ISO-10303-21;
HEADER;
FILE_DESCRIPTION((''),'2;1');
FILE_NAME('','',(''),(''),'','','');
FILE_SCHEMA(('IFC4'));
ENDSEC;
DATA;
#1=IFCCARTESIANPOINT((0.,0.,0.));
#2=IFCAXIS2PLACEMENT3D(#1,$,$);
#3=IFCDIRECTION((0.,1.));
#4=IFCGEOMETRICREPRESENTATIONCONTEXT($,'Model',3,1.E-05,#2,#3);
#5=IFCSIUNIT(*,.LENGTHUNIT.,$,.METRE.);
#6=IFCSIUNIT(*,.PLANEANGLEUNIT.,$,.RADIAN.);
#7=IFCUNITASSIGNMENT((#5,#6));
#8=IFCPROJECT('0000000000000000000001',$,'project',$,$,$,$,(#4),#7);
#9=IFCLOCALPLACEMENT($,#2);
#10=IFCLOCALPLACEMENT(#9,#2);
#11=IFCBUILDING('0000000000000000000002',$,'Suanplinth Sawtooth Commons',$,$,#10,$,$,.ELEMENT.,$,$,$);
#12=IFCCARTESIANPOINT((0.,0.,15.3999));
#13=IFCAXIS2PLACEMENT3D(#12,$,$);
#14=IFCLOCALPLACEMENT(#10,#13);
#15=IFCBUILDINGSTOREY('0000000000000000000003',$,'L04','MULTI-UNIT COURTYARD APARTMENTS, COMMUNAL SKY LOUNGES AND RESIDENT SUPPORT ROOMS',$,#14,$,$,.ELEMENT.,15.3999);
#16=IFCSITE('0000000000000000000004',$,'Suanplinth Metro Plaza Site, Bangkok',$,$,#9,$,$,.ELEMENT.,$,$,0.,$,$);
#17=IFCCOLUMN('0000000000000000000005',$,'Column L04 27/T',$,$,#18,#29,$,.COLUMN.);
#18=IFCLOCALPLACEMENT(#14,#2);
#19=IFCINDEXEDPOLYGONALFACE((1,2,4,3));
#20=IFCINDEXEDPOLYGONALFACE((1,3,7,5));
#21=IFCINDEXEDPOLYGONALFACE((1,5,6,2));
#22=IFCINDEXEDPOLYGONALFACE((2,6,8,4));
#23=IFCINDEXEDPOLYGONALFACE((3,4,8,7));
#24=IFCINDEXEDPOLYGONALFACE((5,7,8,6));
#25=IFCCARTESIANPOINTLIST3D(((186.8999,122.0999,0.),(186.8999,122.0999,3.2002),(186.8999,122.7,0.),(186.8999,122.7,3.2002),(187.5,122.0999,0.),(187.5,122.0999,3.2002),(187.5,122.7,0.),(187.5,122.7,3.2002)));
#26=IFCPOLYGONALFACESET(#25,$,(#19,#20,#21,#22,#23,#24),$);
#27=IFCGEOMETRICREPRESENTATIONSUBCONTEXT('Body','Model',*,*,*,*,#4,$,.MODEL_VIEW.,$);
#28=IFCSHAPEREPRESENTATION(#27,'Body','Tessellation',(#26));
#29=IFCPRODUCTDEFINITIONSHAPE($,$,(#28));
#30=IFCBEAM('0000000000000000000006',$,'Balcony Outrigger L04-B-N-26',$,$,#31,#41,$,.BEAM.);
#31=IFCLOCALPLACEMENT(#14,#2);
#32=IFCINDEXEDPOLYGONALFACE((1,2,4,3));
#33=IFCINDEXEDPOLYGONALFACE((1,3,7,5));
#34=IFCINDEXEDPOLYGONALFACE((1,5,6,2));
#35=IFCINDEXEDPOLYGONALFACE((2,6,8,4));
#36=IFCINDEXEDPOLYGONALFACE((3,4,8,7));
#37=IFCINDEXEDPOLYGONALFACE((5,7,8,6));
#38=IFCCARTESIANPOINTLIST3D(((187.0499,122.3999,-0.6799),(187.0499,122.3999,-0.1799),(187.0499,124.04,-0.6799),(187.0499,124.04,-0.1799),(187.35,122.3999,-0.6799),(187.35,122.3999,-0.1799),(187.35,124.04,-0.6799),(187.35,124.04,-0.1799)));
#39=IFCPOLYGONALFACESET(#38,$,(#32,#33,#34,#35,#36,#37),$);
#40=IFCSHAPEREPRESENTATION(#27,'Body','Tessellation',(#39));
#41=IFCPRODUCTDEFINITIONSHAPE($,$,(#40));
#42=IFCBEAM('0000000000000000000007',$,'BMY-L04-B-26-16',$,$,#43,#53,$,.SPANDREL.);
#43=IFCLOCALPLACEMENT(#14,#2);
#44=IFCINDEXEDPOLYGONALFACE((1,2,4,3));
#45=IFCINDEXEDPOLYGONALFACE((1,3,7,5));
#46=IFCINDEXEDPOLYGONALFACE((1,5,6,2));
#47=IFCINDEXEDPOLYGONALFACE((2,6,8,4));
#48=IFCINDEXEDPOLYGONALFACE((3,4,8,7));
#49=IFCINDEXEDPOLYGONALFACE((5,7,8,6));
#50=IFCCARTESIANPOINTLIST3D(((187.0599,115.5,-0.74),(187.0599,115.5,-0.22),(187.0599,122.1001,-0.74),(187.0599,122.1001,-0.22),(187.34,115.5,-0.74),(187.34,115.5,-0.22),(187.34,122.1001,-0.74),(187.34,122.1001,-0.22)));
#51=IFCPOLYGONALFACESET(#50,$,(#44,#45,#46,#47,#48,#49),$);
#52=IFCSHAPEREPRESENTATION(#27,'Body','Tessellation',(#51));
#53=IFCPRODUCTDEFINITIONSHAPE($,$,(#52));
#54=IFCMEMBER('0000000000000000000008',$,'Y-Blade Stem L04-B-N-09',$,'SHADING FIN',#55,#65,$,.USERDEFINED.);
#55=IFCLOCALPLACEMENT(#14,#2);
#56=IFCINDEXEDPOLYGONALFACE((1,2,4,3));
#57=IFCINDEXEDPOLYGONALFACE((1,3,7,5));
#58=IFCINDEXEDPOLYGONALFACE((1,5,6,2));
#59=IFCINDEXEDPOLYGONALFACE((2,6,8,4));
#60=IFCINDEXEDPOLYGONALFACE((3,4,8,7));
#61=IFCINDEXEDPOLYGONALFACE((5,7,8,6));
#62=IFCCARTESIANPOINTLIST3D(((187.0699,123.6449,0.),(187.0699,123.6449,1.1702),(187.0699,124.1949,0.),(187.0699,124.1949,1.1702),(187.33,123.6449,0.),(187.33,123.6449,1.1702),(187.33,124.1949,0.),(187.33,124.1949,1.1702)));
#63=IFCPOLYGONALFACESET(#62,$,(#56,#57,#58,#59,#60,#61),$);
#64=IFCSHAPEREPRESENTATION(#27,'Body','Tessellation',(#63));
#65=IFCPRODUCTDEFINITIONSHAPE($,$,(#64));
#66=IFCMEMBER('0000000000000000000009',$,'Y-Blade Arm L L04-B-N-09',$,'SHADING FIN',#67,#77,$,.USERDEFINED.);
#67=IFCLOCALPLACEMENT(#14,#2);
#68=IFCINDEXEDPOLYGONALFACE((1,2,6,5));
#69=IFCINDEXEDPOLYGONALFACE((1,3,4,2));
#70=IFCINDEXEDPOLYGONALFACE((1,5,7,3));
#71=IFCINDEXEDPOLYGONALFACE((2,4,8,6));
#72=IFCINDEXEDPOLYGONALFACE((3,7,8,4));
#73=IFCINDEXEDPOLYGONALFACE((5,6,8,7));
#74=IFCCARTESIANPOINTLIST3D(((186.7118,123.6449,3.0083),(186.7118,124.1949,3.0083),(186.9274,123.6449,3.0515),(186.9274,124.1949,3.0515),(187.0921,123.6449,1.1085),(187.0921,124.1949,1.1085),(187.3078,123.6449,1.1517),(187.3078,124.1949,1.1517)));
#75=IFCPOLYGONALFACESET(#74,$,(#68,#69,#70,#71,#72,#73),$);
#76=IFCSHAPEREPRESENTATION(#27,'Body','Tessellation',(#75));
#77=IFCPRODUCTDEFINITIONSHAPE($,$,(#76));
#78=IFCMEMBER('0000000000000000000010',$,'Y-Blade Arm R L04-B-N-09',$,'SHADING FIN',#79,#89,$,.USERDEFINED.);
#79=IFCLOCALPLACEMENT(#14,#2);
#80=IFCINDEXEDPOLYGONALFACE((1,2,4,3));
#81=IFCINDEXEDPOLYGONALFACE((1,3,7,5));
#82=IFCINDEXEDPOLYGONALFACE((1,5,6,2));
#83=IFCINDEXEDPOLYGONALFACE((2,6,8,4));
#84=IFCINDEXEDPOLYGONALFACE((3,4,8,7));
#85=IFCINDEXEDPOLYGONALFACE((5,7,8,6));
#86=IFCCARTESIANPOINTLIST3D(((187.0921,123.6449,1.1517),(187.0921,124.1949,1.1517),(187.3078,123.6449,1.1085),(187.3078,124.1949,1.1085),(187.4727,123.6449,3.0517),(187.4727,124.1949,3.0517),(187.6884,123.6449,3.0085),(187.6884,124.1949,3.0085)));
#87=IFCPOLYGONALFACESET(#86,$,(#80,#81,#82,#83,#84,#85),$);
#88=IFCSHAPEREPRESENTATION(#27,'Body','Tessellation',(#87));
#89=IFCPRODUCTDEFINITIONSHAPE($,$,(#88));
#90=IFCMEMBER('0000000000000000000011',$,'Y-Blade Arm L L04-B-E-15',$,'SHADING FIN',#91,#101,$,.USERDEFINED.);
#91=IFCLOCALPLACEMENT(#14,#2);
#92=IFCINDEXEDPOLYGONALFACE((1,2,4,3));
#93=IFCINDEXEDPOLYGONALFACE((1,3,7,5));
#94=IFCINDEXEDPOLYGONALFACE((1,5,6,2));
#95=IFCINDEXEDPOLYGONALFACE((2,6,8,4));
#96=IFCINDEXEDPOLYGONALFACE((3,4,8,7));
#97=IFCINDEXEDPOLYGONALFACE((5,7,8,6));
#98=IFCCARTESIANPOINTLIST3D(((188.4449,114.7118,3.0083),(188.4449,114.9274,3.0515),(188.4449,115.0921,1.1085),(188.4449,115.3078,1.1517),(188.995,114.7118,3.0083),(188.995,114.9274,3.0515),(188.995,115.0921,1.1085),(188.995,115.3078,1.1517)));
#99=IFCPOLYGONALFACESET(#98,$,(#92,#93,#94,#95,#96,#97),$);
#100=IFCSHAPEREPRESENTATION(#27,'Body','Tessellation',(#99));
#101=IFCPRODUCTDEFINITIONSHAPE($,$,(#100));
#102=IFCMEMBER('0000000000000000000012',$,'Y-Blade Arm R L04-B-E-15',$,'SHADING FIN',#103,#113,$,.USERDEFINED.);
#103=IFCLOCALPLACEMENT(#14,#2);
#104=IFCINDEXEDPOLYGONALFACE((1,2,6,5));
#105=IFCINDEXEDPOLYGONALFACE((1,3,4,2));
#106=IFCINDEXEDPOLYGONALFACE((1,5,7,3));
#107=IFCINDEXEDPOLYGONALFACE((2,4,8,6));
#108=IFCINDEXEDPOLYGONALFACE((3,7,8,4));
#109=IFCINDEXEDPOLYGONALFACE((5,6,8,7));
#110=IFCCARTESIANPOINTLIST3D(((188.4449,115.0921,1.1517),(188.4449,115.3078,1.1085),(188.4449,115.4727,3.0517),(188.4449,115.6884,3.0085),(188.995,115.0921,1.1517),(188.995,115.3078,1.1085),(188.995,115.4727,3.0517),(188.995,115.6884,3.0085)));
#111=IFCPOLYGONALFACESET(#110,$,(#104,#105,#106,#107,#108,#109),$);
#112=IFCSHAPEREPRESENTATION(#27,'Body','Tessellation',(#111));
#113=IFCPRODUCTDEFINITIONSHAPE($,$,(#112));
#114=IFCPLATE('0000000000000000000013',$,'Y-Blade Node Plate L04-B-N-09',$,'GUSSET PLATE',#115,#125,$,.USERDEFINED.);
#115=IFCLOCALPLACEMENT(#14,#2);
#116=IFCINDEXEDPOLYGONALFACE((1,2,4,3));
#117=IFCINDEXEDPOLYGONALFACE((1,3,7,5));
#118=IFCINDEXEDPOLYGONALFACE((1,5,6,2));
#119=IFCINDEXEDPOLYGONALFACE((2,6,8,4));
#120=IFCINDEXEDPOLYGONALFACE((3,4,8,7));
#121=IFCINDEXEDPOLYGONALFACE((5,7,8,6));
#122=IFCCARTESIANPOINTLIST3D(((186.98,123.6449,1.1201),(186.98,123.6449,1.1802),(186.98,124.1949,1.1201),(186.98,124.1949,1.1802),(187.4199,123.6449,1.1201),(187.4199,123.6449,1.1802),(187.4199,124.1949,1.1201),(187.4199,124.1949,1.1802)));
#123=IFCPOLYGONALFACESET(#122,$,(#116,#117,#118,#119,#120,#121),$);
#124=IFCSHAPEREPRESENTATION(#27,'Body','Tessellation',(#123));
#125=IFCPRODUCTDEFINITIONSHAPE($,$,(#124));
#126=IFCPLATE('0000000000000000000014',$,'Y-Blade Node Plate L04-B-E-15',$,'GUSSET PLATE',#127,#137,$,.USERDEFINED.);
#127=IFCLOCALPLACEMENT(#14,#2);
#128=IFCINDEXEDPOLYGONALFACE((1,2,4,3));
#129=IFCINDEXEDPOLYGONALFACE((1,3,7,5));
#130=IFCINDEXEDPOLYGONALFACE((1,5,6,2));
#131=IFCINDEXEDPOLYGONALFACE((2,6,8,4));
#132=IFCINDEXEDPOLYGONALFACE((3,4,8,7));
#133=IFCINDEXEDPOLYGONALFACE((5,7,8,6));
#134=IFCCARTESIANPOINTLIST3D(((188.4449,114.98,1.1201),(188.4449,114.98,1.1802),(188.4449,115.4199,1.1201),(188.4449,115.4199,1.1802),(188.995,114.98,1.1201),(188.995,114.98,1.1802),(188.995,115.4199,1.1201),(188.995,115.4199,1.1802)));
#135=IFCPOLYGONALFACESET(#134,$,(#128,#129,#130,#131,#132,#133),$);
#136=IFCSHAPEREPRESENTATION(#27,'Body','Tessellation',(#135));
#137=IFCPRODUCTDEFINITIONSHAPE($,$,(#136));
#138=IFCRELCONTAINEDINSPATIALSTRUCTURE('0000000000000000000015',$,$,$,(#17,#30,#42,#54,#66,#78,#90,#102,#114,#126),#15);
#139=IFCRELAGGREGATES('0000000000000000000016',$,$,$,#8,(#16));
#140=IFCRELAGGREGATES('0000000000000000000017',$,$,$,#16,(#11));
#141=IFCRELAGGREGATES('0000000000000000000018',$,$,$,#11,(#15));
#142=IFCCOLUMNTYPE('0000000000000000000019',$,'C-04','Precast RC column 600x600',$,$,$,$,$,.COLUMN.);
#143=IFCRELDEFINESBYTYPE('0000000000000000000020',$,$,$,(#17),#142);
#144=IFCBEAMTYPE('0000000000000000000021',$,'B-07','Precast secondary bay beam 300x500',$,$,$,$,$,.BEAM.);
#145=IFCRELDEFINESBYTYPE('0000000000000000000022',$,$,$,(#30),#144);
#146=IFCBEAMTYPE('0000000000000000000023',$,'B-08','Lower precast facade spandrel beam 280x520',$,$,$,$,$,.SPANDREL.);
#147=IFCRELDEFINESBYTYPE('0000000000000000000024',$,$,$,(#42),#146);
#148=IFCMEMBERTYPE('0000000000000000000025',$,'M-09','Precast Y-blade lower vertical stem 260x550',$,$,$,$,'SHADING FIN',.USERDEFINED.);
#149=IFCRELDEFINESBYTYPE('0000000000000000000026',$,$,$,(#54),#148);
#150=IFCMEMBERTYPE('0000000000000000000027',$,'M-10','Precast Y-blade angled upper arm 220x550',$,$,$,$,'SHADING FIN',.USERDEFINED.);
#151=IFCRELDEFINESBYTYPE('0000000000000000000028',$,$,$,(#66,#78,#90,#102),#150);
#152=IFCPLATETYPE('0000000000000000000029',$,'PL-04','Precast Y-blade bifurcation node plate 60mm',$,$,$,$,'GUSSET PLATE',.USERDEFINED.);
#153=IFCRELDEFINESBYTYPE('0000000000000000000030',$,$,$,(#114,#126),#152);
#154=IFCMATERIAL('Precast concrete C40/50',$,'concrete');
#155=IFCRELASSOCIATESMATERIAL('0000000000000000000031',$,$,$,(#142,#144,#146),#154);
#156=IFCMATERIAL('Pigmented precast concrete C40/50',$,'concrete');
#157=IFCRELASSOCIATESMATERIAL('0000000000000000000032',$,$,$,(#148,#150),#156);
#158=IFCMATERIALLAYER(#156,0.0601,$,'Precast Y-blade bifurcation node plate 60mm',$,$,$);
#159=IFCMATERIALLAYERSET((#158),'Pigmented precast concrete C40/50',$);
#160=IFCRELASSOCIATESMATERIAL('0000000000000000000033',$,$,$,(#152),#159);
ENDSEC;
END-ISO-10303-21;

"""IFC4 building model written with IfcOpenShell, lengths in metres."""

from ifc_helpers import new_model, si_unit, direction, frame, origin, origin_2d, place, context, subcontext, project, spatial, rectangle, extrude, material, layer, layer_set, material_profile, profile_set, type_object, element, save


model = new_model("IFC4")

# Units and contexts
model_context = context("Model", 3, precision=1e-05, world=origin(), true_north=direction((0.0, 1.0)))
body_context = subcontext(model_context, "Body", "Model", "MODEL_VIEW")
ifc_project = project(units=[si_unit("LENGTHUNIT", "METRE"), si_unit("PLANEANGLEUNIT", "RADIAN")], contexts=[model_context])

# Site, building, storey
site_placement = place(None, origin())
site = spatial("IfcSite", under=ifc_project, at=site_placement, Name="Suanplinth Metro Plaza Site, Bangkok", CompositionType="ELEMENT", RefElevation=0.0)
building_placement = place(site_placement, origin())
building = spatial("IfcBuilding", under=site, at=building_placement, Name="Suanplinth Sawtooth Commons", CompositionType="ELEMENT")
storey_placement = place(building_placement, frame((0.0, 0.0, 15.3999)))
storey = spatial("IfcBuildingStorey", under=building, at=storey_placement, Name="L04", Description="MULTI-UNIT COURTYARD APARTMENTS, COMMUNAL SKY LOUNGES AND RESIDENT SUPPORT ROOMS", CompositionType="ELEMENT", Elevation=15.3999)

# Column
ifc_material_1 = material(Name="Precast concrete C40/50", Category="concrete")
ifc_material_profile_1 = material_profile(ifc_material_1, rectangle(XDim=0.6001, YDim=0.6001, at=origin_2d()), Name="PC-COL 600x600")
ifc_profile_set_1 = profile_set([ifc_material_profile_1], Name="Precast concrete C40/50")
column_type = type_object("IfcColumnType", Name="C-04", Description="Precast RC column 600x600", PredefinedType="COLUMN", material=ifc_profile_set_1)
column_placement = place(storey_placement, frame((187.2, 122.3999, 0.0), z_axis=(0.0, 0.0, 1.0), x_axis=(1.0, 0.0, 0.0)))
element("IfcColumn", 1, at=column_placement, inside=storey, type_object=column_type, Name="Column L04 27/T", PredefinedType="COLUMN", context=body_context, shape_type="SweptSolid", body=[
    extrude(rectangle(XDim=0.6001, YDim=0.6001, at=origin_2d()), origin(), (0.0, 0.0, 1.0), 3.2002),
])

# Beams
ifc_material_profile_2 = material_profile(ifc_material_1, rectangle(XDim=0.3, YDim=0.5, at=origin_2d()), Name="PC-BM 300x500")
ifc_profile_set_2 = profile_set([ifc_material_profile_2], Name="Precast concrete C40/50")
beam_type_1 = type_object("IfcBeamType", Name="B-07", Description="Precast secondary bay beam 300x500", PredefinedType="BEAM", material=ifc_profile_set_2)
beam_1_placement = place(storey_placement, frame((187.2, 122.3999, -0.4299), z_axis=(0.0, 1.0, 0.0), x_axis=(-1.0, 0.0, 0.0)))
element("IfcBeam", 2, at=beam_1_placement, inside=storey, type_object=beam_type_1, Name="Balcony Outrigger L04-B-N-26", PredefinedType="BEAM", context=body_context, shape_type="SweptSolid", body=[
    extrude(rectangle(XDim=0.3, YDim=0.5, at=origin_2d()), origin(), (0.0, 0.0, 1.0), 1.6401),
])
ifc_material_profile_3 = material_profile(ifc_material_1, rectangle(XDim=0.28, YDim=0.52, at=origin_2d()), Name="PC-SP 280x520")
ifc_profile_set_3 = profile_set([ifc_material_profile_3], Name="Precast concrete C40/50")
beam_type_2 = type_object("IfcBeamType", Name="B-08", Description="Lower precast facade spandrel beam 280x520", PredefinedType="SPANDREL", material=ifc_profile_set_3)
beam_2_placement = place(storey_placement, frame((187.2, 115.5, -0.48), z_axis=(0.0, 1.0, 0.0), x_axis=(-1.0, 0.0, 0.0)))
element("IfcBeam", 3, at=beam_2_placement, inside=storey, type_object=beam_type_2, Name="BMY-L04-B-26-16", PredefinedType="SPANDREL", context=body_context, shape_type="SweptSolid", body=[
    extrude(rectangle(XDim=0.28, YDim=0.52, at=origin_2d()), origin(), (0.0, 0.0, 1.0), 6.6001),
])

# Members
ifc_material_2 = material(Name="Pigmented precast concrete C40/50", Category="concrete")
ifc_material_profile_4 = material_profile(ifc_material_2, rectangle(XDim=0.26, YDim=0.55, at=origin_2d()), Name="PC-FIN 260x550")
ifc_profile_set_4 = profile_set([ifc_material_profile_4], Name="Pigmented precast concrete C40/50")
member_type_1 = type_object("IfcMemberType", Name="M-09", Description="Precast Y-blade lower vertical stem 260x550", ElementType="SHADING FIN", PredefinedType="USERDEFINED", material=ifc_profile_set_4)
member_1_placement = place(storey_placement, frame((187.2, 123.9199, 0.0), z_axis=(0.0, 0.0, 1.0), x_axis=(1.0, 0.0, 0.0)))
element("IfcMember", 4, at=member_1_placement, inside=storey, type_object=member_type_1, Name="Y-Blade Stem L04-B-N-09", ObjectType="SHADING FIN", PredefinedType="USERDEFINED", context=body_context, shape_type="SweptSolid", body=[
    extrude(rectangle(XDim=0.26, YDim=0.55, at=origin_2d()), origin(), (0.0, 0.0, 1.0), 1.1702),
])
ifc_material_profile_5 = material_profile(ifc_material_2, rectangle(XDim=0.22, YDim=0.55, at=origin_2d()), Name="PC-FIN 220x550")
ifc_profile_set_5 = profile_set([ifc_material_profile_5], Name="Pigmented precast concrete C40/50")
member_type_2 = type_object("IfcMemberType", Name="M-10", Description="Precast Y-blade angled upper arm 220x550", ElementType="SHADING FIN", PredefinedType="USERDEFINED", material=ifc_profile_set_5)
member_2_placement = place(storey_placement, frame((187.2, 123.9199, 1.1301), z_axis=(-0.19631, 0.0, 0.980542), x_axis=(0.980542, 0.0, 0.19631)))
element("IfcMember", 5, at=member_2_placement, inside=storey, type_object=member_type_2, Name="Y-Blade Arm L L04-B-N-09", ObjectType="SHADING FIN", PredefinedType="USERDEFINED", context=body_context, shape_type="SweptSolid", body=[
    extrude(rectangle(XDim=0.22, YDim=0.55, at=origin_2d()), origin(), (0.0, 0.0, 1.0), 1.9375),
])
member_3_placement = place(storey_placement, frame((187.2, 123.9199, 1.1301), z_axis=(0.196431, 0.0, 0.980518), x_axis=(-0.980518, 0.0, 0.196431)))
element("IfcMember", 6, at=member_3_placement, inside=storey, type_object=member_type_2, Name="Y-Blade Arm R L04-B-N-09", ObjectType="SHADING FIN", PredefinedType="USERDEFINED", context=body_context, shape_type="SweptSolid", body=[
    extrude(rectangle(XDim=0.22, YDim=0.55, at=origin_2d()), origin(), (0.0, 0.0, 1.0), 1.9377),
])
member_4_placement = place(storey_placement, frame((188.72, 115.2, 1.1301), z_axis=(0.0, -0.19631, 0.980542), x_axis=(0.0, 0.980542, 0.19631)))
element("IfcMember", 7, at=member_4_placement, inside=storey, type_object=member_type_2, Name="Y-Blade Arm L L04-B-E-15", ObjectType="SHADING FIN", PredefinedType="USERDEFINED", context=body_context, shape_type="SweptSolid", body=[
    extrude(rectangle(XDim=0.22, YDim=0.55, at=origin_2d()), origin(), (0.0, 0.0, 1.0), 1.9375),
])
member_5_placement = place(storey_placement, frame((188.72, 115.2, 1.1301), z_axis=(0.0, 0.196431, 0.980518), x_axis=(0.0, -0.980518, 0.196431)))
element("IfcMember", 8, at=member_5_placement, inside=storey, type_object=member_type_2, Name="Y-Blade Arm R L04-B-E-15", ObjectType="SHADING FIN", PredefinedType="USERDEFINED", context=body_context, shape_type="SweptSolid", body=[
    extrude(rectangle(XDim=0.22, YDim=0.55, at=origin_2d()), origin(), (0.0, 0.0, 1.0), 1.9377),
])

# Plates
ifc_layer_1 = layer(ifc_material_2, 0.0601, Name="Precast Y-blade bifurcation node plate 60mm")
ifc_layer_set_1 = layer_set([ifc_layer_1], Name="Pigmented precast concrete C40/50")
plate_type = type_object("IfcPlateType", Name="PL-04", Description="Precast Y-blade bifurcation node plate 60mm", ElementType="GUSSET PLATE", PredefinedType="USERDEFINED", material=ifc_layer_set_1)
for number, where, z_axis, x_axis, name in (
    (9, (187.2, 123.9199, 1.1201), (0.0, 0.0, 1.0), (1.0, 0.0, 0.0), "Y-Blade Node Plate L04-B-N-09"),
    (10, (188.72, 115.2, 1.1201), (0.0, 0.0, 1.0), (0.0, 1.0, 0.0), "Y-Blade Node Plate L04-B-E-15"),
):
    element("IfcPlate", number, at=place(storey_placement, frame(where, z_axis=z_axis, x_axis=x_axis)), inside=storey, type_object=plate_type, Name=name, ObjectType="GUSSET PLATE", PredefinedType="USERDEFINED", context=body_context, shape_type="SweptSolid", body=[
        extrude(rectangle(XDim=0.4399, YDim=0.55, at=origin_2d()), origin(), (0.0, 0.0, 1.0), 0.0601),
    ])

save(model, "model.ifc")
